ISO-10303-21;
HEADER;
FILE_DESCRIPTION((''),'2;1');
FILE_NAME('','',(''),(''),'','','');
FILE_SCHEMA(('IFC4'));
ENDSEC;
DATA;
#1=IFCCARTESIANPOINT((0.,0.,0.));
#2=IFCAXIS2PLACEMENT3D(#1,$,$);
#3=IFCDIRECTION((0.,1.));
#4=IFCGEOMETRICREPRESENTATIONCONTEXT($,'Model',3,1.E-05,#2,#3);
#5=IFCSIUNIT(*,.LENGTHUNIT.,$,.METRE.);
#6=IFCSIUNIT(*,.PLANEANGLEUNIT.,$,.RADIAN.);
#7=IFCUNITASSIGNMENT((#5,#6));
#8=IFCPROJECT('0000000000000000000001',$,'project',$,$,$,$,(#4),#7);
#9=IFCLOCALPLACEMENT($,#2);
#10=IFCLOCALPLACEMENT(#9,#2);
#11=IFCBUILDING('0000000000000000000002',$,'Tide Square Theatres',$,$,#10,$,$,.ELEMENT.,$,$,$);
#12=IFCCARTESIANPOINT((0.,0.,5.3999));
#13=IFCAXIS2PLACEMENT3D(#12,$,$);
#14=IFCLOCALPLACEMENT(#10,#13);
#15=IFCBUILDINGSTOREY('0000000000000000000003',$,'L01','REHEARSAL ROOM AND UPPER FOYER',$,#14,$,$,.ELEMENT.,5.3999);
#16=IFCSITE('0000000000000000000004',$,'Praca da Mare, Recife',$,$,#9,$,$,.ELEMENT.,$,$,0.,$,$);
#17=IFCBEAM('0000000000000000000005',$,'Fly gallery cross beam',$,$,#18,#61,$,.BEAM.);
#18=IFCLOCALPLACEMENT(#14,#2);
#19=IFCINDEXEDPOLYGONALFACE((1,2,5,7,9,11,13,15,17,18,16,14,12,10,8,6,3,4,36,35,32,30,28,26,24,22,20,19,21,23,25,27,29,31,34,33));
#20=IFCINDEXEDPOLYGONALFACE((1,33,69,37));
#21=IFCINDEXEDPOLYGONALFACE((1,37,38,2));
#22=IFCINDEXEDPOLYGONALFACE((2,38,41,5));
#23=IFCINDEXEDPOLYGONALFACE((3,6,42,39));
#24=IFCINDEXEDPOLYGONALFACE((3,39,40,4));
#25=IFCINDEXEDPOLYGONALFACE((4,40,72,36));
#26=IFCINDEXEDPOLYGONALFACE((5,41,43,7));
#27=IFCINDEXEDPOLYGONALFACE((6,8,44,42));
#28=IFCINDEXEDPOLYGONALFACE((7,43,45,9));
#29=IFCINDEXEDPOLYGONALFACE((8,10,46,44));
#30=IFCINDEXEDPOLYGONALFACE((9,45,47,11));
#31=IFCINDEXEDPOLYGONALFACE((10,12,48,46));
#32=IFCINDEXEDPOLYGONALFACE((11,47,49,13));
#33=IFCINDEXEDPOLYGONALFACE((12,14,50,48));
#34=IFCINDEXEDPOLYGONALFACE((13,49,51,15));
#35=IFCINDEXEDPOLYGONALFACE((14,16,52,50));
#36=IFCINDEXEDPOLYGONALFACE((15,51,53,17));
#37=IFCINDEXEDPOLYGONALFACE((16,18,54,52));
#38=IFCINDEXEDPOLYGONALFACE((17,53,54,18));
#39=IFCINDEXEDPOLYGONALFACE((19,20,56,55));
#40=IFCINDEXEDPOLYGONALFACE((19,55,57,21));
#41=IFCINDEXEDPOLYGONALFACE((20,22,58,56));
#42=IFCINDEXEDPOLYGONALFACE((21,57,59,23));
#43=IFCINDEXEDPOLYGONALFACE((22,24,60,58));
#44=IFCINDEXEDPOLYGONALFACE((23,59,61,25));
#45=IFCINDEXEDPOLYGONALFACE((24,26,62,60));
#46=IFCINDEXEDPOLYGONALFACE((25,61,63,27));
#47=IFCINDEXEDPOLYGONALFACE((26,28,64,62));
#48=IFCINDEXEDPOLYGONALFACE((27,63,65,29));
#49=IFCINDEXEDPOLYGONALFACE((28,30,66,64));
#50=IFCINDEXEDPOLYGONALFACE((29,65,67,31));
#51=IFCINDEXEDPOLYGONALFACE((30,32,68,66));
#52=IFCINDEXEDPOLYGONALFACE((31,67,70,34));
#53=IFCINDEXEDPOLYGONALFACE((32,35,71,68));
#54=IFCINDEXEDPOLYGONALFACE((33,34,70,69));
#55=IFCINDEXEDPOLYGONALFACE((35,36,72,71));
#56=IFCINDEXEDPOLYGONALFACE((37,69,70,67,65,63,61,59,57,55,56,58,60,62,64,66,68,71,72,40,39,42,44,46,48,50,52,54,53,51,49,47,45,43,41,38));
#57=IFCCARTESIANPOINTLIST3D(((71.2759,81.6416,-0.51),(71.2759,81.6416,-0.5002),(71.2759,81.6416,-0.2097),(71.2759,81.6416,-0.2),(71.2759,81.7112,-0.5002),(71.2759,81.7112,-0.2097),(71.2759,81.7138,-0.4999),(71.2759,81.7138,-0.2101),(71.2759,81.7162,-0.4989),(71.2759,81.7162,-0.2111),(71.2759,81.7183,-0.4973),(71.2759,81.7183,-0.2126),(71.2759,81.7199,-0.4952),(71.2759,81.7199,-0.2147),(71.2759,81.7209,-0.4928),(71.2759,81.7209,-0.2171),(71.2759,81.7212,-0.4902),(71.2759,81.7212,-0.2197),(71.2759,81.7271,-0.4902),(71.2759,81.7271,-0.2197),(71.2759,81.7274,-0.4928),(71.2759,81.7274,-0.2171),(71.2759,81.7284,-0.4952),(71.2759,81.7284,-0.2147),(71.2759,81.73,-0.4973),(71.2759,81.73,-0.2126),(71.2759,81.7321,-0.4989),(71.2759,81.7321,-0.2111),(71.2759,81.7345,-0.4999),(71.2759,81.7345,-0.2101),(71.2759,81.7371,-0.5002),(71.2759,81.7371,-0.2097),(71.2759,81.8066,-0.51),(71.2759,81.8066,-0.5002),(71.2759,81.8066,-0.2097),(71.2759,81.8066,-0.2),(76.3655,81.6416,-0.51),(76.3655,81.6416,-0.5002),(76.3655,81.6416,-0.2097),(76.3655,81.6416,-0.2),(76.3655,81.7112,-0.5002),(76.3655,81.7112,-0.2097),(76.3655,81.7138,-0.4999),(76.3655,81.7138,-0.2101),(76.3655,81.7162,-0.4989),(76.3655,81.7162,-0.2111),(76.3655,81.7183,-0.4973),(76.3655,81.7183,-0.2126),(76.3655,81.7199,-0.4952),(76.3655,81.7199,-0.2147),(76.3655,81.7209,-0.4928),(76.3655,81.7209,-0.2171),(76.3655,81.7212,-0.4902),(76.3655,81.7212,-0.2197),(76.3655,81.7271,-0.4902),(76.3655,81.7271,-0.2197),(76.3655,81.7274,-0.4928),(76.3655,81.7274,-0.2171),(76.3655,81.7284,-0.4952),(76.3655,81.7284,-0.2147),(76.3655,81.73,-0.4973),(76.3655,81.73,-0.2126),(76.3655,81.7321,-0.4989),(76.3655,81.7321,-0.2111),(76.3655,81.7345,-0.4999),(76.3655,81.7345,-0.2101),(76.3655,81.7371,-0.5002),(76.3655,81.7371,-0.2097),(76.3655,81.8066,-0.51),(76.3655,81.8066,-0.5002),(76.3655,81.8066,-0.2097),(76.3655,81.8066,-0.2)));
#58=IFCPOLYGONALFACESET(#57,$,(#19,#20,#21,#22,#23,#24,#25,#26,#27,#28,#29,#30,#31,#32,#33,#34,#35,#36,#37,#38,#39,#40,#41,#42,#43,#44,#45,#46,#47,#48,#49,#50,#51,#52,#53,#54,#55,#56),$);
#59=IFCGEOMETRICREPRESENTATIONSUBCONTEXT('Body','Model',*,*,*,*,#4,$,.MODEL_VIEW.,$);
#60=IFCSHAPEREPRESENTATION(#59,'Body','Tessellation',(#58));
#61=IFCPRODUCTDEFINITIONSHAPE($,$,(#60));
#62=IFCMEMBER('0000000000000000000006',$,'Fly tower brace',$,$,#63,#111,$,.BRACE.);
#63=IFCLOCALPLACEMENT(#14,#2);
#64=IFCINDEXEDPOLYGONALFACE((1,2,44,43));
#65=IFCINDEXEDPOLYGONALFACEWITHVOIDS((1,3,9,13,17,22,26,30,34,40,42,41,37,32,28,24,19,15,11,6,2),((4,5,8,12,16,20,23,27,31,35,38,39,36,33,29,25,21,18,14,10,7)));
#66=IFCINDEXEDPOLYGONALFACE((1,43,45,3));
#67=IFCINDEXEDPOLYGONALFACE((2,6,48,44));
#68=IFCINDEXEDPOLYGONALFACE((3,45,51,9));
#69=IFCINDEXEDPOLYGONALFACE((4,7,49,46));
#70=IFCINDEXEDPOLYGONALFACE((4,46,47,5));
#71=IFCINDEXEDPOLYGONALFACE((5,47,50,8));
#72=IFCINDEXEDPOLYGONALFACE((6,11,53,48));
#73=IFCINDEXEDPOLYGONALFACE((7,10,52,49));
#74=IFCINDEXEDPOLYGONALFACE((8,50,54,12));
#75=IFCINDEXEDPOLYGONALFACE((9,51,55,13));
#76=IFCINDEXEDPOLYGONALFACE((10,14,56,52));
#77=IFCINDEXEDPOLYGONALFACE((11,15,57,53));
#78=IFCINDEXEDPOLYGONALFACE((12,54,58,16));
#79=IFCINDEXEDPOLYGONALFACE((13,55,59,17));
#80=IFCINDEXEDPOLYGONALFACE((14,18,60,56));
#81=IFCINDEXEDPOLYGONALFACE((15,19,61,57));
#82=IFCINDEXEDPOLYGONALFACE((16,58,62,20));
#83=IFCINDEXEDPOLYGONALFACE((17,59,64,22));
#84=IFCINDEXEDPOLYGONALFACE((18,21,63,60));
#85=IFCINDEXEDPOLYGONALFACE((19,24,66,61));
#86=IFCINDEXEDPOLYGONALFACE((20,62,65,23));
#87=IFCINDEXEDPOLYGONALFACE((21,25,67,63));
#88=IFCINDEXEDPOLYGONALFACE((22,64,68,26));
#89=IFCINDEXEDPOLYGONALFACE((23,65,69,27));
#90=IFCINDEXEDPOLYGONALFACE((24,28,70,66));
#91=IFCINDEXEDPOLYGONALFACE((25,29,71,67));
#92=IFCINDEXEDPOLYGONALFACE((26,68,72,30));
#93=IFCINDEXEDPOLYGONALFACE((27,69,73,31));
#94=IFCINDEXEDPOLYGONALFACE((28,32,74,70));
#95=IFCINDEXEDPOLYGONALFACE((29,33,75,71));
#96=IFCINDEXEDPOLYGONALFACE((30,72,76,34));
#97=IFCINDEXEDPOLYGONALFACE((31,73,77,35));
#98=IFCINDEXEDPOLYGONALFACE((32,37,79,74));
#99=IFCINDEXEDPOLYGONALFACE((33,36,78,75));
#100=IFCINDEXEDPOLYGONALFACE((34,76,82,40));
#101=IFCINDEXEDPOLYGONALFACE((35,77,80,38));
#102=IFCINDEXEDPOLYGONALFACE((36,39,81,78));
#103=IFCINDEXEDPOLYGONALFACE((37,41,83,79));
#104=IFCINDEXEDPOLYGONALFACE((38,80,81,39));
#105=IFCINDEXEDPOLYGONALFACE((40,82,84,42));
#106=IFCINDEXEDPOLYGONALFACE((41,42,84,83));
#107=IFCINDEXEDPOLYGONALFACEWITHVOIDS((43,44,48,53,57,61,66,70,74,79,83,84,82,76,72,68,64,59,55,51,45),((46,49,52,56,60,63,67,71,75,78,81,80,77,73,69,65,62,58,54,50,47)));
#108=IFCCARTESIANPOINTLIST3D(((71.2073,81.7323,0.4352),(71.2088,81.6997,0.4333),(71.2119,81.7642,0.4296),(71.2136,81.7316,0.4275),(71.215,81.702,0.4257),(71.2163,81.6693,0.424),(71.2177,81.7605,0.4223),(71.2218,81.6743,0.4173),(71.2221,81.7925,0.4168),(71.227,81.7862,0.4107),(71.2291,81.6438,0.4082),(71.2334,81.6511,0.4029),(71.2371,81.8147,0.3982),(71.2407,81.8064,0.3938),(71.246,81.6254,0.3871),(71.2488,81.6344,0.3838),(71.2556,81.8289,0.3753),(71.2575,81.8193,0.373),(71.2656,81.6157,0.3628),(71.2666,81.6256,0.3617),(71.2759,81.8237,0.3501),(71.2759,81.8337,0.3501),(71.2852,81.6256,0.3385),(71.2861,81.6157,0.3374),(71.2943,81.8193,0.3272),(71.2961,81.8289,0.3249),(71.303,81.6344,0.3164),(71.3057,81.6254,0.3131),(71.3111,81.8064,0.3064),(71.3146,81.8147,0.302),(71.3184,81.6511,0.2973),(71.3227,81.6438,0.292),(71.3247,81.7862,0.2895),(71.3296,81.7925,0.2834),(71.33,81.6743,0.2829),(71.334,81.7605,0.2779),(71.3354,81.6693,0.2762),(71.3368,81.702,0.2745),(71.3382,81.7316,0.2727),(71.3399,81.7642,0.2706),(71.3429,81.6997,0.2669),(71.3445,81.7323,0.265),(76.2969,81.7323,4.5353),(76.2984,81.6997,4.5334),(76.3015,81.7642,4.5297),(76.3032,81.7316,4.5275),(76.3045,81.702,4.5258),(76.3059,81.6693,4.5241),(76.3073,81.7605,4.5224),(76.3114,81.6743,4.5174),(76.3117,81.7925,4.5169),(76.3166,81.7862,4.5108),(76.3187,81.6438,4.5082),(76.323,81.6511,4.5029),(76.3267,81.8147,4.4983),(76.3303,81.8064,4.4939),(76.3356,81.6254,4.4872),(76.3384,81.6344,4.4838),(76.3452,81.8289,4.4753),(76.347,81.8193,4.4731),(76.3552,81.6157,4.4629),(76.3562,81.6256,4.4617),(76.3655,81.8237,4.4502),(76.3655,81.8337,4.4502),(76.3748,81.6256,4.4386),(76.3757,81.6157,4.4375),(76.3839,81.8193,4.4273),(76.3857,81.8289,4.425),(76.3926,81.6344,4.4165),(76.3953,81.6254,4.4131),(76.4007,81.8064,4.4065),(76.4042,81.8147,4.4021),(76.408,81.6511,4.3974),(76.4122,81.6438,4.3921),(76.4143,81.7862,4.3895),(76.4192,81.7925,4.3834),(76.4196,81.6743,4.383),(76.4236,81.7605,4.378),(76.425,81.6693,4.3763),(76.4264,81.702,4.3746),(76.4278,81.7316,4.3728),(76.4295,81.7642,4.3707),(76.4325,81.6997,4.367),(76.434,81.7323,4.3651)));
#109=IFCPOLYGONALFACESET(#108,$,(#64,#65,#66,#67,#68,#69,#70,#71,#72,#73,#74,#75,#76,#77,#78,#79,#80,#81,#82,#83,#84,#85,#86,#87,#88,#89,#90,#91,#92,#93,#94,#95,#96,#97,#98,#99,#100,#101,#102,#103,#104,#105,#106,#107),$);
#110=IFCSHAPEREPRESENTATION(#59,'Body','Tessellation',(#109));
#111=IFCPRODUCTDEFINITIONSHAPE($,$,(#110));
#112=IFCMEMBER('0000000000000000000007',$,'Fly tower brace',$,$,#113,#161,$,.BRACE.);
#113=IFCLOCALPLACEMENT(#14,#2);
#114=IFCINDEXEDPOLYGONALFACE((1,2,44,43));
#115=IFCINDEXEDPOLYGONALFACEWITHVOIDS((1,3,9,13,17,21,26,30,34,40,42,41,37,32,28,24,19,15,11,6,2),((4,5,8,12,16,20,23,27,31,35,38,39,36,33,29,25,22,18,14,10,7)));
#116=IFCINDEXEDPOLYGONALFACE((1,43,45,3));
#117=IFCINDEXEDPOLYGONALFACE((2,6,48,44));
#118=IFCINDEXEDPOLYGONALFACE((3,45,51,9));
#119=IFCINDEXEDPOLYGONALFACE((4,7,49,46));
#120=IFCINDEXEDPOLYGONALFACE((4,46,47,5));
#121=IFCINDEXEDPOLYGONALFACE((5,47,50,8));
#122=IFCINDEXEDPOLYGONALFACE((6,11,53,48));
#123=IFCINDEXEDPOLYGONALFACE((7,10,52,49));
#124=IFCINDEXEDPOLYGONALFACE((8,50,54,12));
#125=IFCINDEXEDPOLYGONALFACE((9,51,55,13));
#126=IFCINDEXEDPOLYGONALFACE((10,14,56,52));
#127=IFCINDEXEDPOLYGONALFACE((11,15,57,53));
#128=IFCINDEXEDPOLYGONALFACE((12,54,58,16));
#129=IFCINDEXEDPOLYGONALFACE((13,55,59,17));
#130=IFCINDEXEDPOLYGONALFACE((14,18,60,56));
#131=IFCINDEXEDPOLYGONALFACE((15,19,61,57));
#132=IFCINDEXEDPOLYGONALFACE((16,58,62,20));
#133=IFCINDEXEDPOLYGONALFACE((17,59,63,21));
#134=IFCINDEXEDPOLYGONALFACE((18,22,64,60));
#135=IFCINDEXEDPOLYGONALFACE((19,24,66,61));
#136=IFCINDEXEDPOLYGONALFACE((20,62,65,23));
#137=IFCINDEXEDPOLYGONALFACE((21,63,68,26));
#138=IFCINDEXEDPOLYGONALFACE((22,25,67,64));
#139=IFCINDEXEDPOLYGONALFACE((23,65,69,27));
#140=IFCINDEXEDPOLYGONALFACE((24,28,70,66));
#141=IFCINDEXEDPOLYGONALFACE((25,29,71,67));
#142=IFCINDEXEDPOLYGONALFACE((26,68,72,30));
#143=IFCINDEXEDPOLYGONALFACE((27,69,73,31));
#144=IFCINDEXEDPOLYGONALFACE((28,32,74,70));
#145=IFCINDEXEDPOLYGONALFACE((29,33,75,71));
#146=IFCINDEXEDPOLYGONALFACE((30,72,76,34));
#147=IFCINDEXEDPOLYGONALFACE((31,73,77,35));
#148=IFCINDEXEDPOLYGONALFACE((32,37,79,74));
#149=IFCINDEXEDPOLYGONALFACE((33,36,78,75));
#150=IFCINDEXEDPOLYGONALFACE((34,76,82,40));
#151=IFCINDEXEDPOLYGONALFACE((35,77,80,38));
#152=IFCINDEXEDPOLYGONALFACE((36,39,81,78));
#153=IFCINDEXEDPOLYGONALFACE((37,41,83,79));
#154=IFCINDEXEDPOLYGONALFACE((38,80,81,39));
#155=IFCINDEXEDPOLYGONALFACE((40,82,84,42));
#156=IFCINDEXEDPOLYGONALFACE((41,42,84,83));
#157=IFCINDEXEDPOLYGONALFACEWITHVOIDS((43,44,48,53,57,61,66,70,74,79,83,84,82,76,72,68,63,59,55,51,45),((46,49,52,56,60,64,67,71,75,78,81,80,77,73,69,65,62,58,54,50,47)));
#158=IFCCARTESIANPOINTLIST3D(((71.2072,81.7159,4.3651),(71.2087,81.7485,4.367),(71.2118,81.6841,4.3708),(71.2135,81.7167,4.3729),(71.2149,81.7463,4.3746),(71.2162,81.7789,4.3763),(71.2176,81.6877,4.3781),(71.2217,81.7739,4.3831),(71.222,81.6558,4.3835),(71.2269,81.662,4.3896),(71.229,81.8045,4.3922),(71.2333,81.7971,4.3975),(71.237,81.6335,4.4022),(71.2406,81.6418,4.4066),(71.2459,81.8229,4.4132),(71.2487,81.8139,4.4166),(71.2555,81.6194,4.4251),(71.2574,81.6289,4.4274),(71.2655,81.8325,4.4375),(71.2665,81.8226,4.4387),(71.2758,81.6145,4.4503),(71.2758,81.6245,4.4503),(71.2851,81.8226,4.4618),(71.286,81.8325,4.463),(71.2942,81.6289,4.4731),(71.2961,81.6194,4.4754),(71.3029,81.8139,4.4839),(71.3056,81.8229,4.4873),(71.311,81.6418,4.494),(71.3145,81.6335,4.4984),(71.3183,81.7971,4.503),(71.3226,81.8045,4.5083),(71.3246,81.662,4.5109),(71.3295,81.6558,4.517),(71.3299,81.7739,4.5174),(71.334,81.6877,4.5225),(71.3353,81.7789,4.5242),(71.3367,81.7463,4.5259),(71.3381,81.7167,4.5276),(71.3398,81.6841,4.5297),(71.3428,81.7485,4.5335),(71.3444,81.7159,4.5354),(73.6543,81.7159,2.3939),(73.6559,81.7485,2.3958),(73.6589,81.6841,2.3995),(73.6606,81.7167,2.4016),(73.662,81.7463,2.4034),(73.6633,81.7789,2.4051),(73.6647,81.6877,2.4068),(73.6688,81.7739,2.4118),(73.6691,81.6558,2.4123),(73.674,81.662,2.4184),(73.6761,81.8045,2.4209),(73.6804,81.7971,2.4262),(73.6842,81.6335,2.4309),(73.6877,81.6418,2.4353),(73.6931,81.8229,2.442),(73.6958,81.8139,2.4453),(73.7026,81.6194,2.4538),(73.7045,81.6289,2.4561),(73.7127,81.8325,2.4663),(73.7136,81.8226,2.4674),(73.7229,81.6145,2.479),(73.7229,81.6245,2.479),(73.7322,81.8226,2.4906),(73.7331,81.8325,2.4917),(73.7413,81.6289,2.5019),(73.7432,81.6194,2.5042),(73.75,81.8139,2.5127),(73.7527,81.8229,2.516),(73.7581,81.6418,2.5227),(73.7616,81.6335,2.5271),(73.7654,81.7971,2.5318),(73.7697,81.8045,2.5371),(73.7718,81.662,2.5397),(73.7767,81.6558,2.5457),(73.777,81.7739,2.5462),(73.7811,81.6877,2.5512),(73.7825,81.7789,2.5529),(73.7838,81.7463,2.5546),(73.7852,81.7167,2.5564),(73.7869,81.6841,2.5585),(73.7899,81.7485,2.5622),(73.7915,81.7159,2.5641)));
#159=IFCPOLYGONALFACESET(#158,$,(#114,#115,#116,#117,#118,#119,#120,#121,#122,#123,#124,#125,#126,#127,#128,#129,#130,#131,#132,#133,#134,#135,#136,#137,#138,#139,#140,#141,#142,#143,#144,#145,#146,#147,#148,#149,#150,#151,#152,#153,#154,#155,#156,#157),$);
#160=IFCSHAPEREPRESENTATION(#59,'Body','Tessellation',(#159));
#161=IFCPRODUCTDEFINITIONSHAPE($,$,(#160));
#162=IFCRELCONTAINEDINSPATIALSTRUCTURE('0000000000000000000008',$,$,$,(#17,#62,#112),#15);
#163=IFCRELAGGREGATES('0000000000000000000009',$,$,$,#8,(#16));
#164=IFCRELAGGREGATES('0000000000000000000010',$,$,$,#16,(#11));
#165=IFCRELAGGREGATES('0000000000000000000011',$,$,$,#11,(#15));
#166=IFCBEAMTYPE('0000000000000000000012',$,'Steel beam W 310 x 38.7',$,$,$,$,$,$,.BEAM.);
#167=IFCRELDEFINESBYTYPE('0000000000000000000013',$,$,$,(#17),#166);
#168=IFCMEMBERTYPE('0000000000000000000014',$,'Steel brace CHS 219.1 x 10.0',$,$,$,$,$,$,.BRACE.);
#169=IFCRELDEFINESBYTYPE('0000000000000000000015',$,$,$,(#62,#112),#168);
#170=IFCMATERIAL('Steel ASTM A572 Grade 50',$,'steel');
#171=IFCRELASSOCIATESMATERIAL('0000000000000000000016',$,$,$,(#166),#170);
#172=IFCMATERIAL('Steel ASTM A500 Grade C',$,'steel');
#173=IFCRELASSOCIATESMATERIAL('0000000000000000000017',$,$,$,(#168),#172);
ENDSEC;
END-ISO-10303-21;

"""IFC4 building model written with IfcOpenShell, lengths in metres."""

from ifc_helpers import new_model, si_unit, direction, frame, origin, origin_2d, place, context, subcontext, project, spatial, hollow_circle, i_section, extrude, material, material_profile, profile_set, type_object, element, save


model = new_model("IFC4")

# Units and contexts
model_context = context("Model", 3, precision=1e-05, world=origin(), true_north=direction((0.0, 1.0)))
body_context = subcontext(model_context, "Body", "Model", "MODEL_VIEW")
ifc_project = project(units=[si_unit("LENGTHUNIT", "METRE"), si_unit("PLANEANGLEUNIT", "RADIAN")], contexts=[model_context])

# Site, building, storey
site_placement = place(None, origin())
site = spatial("IfcSite", under=ifc_project, at=site_placement, Name="Praca da Mare, Recife", CompositionType="ELEMENT", RefElevation=0.0)
building_placement = place(site_placement, origin())
building = spatial("IfcBuilding", under=site, at=building_placement, Name="Tide Square Theatres", CompositionType="ELEMENT")
storey_placement = place(building_placement, frame((0.0, 0.0, 5.3999)))
storey = spatial("IfcBuildingStorey", under=building, at=storey_placement, Name="L01", Description="REHEARSAL ROOM AND UPPER FOYER", CompositionType="ELEMENT", Elevation=5.3999)

# Beam
ifc_material_1 = material(Name="Steel ASTM A572 Grade 50", Category="steel")
ifc_material_profile_1 = material_profile(ifc_material_1, i_section(OverallWidth=0.165, OverallDepth=0.3101, WebThickness=0.0059, FlangeThickness=0.0098, FilletRadius=0.01, at=origin_2d()))
ifc_profile_set_1 = profile_set([ifc_material_profile_1], Name="Steel ASTM A572 Grade 50")
beam_type_1 = type_object("IfcBeamType", Name="Steel beam W 310 x 38.7", PredefinedType="BEAM", material=ifc_profile_set_1)
beam_1_placement = place(storey_placement, frame((71.2759, 81.7241, -0.355), z_axis=(1.0, 0.0, 0.0), x_axis=(0.0, 1.0, 0.0)))
element("IfcBeam", 1, at=beam_1_placement, inside=storey, type_object=beam_type_1, Name="Fly gallery cross beam", PredefinedType="BEAM", context=body_context, shape_type="SweptSolid", body=[
    extrude(i_section(OverallWidth=0.165, OverallDepth=0.3101, WebThickness=0.0059, FlangeThickness=0.0098, FilletRadius=0.01, at=origin_2d()), origin(), (0.0, 0.0, 1.0), 5.0896),
])

# Members
ifc_material_2 = material(Name="Steel ASTM A500 Grade C", Category="steel")
ifc_material_profile_2 = material_profile(ifc_material_2, hollow_circle(Radius=0.1096, WallThickness=0.01, at=origin_2d()))
ifc_profile_set_2 = profile_set([ifc_material_profile_2], Name="Steel ASTM A500 Grade C")
member_type = type_object("IfcMemberType", Name="Steel brace CHS 219.1 x 10.0", PredefinedType="BRACE", material=ifc_profile_set_2)
member_1_placement = place(storey_placement, frame((71.2759, 81.7241, 0.3501), z_axis=(0.778743, 0.0, 0.627343), x_axis=(0.0, 1.0, 0.0)))
element("IfcMember", 2, at=member_1_placement, inside=storey, type_object=member_type, Name="Fly tower brace", PredefinedType="BRACE", context=body_context, shape_type="SweptSolid", body=[
    extrude(hollow_circle(Radius=0.1096, WallThickness=0.01, at=origin_2d()), origin(), (0.0, 0.0, 1.0), 6.5356),
])
member_2_placement = place(storey_placement, frame((73.7229, 81.7241, 2.479), z_axis=(-0.778757, 0.0, 0.627326), x_axis=(0.0, -1.0, 0.0)))
element("IfcMember", 3, at=member_2_placement, inside=storey, type_object=member_type, Name="Fly tower brace", PredefinedType="BRACE", context=body_context, shape_type="SweptSolid", body=[
    extrude(hollow_circle(Radius=0.1096, WallThickness=0.01, at=origin_2d()), origin(), (0.0, 0.0, 1.0), 3.1423),
])

save(model, "model.ifc")
